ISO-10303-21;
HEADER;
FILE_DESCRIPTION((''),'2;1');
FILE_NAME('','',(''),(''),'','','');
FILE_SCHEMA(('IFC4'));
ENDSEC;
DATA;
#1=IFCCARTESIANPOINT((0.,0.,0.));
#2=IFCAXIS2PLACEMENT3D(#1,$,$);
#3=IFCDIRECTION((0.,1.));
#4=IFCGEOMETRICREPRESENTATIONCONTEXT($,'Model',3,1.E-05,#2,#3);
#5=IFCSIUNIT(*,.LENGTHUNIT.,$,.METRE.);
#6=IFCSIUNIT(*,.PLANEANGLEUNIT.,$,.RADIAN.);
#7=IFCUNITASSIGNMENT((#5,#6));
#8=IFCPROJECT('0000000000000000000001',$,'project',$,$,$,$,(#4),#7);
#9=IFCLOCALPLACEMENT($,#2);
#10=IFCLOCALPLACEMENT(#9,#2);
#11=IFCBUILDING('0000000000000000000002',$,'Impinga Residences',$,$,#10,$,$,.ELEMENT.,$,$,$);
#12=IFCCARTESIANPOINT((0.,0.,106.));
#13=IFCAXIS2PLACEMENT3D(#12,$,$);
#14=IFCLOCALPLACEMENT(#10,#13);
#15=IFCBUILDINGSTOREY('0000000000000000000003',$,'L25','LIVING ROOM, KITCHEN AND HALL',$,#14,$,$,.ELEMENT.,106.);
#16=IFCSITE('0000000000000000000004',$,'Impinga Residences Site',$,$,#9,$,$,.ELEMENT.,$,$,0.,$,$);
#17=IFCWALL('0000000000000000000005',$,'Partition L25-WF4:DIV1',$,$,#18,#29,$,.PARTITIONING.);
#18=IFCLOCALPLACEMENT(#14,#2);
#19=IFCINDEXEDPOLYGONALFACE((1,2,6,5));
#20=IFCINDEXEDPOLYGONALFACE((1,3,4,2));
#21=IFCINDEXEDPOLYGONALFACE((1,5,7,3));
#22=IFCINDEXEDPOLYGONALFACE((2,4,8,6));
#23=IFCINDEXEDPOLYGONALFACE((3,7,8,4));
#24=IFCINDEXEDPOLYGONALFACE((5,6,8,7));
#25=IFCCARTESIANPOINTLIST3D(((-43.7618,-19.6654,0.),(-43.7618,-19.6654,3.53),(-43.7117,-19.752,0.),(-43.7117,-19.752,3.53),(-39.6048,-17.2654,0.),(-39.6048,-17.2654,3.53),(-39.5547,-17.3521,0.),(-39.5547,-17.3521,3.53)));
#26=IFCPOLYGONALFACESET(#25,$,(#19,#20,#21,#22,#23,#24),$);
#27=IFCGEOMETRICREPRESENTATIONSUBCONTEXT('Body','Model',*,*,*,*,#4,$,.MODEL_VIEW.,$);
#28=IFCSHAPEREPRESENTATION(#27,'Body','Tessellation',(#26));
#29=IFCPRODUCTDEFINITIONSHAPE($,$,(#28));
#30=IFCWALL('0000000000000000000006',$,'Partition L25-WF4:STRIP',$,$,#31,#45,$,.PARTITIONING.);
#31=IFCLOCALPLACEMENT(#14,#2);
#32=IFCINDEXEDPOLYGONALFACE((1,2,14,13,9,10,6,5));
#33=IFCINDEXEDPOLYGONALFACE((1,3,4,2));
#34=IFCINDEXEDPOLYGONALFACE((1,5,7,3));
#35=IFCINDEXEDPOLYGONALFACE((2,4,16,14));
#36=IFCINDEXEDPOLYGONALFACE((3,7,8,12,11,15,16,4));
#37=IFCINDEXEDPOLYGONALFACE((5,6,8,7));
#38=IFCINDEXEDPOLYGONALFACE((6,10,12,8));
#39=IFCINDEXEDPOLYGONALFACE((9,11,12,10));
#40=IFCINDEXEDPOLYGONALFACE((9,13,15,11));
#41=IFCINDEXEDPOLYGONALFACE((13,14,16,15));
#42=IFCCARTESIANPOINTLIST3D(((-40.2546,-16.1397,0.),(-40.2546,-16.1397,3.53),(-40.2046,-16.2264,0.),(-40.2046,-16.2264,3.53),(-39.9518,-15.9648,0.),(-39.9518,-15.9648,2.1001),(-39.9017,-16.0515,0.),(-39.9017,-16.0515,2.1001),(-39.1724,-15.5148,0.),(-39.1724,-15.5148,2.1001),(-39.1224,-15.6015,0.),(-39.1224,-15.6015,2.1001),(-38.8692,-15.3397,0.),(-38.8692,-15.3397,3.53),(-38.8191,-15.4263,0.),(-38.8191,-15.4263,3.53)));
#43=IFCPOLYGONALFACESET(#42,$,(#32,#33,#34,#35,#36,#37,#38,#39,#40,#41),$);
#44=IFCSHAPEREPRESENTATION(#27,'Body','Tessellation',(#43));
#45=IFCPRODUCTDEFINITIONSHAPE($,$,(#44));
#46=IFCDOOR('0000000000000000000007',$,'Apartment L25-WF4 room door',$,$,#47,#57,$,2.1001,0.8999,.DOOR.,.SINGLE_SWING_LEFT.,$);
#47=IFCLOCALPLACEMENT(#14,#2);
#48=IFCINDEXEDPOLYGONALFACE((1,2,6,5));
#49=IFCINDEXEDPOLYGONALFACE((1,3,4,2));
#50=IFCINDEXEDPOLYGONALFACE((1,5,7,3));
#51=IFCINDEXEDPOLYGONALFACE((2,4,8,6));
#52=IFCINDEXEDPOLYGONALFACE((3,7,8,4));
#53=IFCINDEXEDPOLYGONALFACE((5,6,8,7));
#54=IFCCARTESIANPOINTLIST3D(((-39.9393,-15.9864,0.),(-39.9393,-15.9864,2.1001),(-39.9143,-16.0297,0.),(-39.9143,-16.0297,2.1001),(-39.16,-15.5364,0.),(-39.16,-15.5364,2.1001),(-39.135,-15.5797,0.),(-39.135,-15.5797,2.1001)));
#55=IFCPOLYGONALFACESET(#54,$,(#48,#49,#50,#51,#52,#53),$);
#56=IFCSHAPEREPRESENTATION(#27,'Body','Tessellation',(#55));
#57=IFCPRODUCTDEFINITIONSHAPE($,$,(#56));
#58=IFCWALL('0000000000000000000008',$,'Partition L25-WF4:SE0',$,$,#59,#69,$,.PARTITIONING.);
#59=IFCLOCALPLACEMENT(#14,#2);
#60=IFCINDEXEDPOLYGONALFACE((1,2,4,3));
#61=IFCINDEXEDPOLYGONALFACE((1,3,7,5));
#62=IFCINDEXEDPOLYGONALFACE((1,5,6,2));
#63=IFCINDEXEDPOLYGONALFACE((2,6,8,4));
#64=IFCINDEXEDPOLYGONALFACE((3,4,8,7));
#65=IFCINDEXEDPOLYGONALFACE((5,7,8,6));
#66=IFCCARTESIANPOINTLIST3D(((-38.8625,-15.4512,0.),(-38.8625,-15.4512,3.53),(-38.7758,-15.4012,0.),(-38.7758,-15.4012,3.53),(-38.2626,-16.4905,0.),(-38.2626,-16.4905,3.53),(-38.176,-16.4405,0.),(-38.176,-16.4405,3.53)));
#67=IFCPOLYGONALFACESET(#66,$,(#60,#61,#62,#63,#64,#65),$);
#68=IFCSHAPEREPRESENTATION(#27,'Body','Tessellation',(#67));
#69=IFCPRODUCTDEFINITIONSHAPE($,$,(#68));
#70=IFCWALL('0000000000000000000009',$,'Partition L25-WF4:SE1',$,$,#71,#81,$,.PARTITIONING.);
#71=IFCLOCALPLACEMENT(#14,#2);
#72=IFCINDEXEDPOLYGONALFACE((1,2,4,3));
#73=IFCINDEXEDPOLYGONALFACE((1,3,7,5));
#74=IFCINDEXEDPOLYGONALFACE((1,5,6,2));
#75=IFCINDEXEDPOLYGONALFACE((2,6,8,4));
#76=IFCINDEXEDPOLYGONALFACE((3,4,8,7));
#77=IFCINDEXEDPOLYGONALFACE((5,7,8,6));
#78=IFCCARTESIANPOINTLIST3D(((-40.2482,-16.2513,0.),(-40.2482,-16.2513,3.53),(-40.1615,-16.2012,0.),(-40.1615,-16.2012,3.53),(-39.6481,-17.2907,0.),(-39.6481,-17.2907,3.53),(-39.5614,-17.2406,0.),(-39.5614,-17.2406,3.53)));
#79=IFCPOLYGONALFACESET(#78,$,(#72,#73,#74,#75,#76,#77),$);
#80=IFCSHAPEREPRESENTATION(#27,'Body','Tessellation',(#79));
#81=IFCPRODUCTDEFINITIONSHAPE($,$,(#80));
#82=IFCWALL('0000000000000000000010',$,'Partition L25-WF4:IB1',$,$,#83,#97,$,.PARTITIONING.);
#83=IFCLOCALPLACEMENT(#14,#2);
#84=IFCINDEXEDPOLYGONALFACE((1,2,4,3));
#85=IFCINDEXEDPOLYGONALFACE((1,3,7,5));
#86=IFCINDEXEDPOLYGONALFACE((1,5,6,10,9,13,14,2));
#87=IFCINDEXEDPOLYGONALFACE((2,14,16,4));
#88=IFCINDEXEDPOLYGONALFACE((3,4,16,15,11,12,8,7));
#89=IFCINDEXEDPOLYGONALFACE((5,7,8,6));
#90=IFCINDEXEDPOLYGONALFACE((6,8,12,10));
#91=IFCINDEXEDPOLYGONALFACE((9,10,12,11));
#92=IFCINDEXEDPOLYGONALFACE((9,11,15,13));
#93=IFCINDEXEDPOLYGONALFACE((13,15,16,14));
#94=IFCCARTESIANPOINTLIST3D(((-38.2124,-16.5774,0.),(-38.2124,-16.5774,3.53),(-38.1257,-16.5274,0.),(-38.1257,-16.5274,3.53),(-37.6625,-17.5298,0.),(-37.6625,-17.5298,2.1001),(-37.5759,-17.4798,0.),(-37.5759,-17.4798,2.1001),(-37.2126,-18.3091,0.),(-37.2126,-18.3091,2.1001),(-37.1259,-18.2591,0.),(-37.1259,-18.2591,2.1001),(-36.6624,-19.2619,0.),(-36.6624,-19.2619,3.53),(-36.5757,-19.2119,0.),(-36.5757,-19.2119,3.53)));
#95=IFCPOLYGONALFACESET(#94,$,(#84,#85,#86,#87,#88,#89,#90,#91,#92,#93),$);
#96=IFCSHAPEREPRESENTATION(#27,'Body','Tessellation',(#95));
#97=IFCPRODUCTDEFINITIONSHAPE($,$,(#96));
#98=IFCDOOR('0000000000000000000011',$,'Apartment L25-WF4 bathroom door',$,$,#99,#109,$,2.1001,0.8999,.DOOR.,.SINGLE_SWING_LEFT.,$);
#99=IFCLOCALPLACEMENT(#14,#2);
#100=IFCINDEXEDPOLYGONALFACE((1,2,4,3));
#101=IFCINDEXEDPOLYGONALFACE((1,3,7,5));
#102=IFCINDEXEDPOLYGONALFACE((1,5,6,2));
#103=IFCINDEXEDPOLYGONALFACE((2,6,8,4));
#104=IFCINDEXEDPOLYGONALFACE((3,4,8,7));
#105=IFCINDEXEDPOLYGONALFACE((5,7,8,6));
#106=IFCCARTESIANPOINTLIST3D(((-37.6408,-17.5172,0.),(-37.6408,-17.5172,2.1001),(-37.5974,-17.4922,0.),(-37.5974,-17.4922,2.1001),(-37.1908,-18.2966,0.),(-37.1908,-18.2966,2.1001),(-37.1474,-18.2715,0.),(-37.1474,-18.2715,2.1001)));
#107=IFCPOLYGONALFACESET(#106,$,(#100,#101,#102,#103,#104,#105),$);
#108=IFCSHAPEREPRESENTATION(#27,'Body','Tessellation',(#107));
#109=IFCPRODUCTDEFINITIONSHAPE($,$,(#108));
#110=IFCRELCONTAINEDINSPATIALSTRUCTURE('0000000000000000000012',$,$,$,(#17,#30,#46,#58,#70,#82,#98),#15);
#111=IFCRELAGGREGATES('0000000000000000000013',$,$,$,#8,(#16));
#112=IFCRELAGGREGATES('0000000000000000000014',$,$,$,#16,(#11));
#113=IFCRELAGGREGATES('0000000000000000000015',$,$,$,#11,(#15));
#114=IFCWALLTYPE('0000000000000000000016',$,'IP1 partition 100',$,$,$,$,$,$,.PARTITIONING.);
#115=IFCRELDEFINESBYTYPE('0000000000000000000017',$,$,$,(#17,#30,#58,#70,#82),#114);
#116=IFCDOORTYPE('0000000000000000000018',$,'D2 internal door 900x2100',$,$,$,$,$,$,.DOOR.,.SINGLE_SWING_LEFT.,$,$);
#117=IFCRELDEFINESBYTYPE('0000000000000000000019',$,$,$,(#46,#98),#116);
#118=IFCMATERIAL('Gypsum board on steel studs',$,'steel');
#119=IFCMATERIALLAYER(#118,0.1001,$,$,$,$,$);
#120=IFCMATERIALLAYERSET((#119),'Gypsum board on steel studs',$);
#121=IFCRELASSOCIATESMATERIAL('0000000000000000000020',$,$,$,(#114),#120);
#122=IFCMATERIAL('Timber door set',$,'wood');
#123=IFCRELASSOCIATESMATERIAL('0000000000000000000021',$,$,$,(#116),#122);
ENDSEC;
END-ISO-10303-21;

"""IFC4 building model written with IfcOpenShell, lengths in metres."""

from ifc_helpers import new_model, si_unit, direction, frame, frame_2d, origin, place, context, subcontext, project, spatial, rectangle, extrude, material, layer, layer_set, type_object, element, fill, save


model = new_model("IFC4")

# Units and contexts
model_context = context("Model", 3, precision=1e-05, world=origin(), true_north=direction((0.0, 1.0)))
body_context = subcontext(model_context, "Body", "Model", "MODEL_VIEW")
ifc_project = project(units=[si_unit("LENGTHUNIT", "METRE"), si_unit("PLANEANGLEUNIT", "RADIAN")], contexts=[model_context])

# Site, building, storey
site_placement = place(None, origin())
site = spatial("IfcSite", under=ifc_project, at=site_placement, Name="Impinga Residences Site", CompositionType="ELEMENT", RefElevation=0.0)
building_placement = place(site_placement, origin())
building = spatial("IfcBuilding", under=site, at=building_placement, Name="Impinga Residences", CompositionType="ELEMENT")
storey_placement = place(building_placement, frame((0.0, 0.0, 106.0)))
storey = spatial("IfcBuildingStorey", under=building, at=storey_placement, Name="L25", Description="LIVING ROOM, KITCHEN AND HALL", CompositionType="ELEMENT", Elevation=106.0)

# Wall
ifc_material_1 = material(Name="Gypsum board on steel studs", Category="steel")
ifc_layer_1 = layer(ifc_material_1, 0.1001)
ifc_layer_set_1 = layer_set([ifc_layer_1], Name="Gypsum board on steel studs")
wall_type_1 = type_object("IfcWallType", Name="IP1 partition 100", PredefinedType="PARTITIONING", material=ifc_layer_set_1)
wall_1_placement = place(storey_placement, frame((-39.5798, -17.3088, 0.0), z_axis=(0.0, 0.0, 1.0), x_axis=(-0.866037, -0.499979, 0.0)))
element("IfcWall", 1, at=wall_1_placement, inside=storey, type_object=wall_type_1, Name="Partition L25-WF4:DIV1", PredefinedType="PARTITIONING", context=body_context, shape_type="SweptSolid", body=[
    extrude(rectangle(XDim=4.8, YDim=0.1001, at=frame_2d((2.3999, 0.0))), origin(), (0.0, 0.0, 1.0), 3.53),
])

# Wall, opening, door
wall_2_placement = place(storey_placement, frame((-38.8442, -15.3831, 0.0), z_axis=(0.0, 0.0, 1.0), x_axis=(-0.86599, -0.500061, 0.0)))
wall_2 = element("IfcWall", 2, at=wall_2_placement, inside=storey, type_object=wall_type_1, Name="Partition L25-WF4:STRIP", PredefinedType="PARTITIONING", context=body_context, shape_type="SweptSolid", body=[
    extrude(rectangle(XDim=1.5999, YDim=0.1001, at=frame_2d((0.7998, 0.0))), origin(), (0.0, 0.0, 1.0), 3.53),
])
opening_1_placement = place(wall_2_placement, frame((0.3501, 0.0, 0.0)))
opening_1 = element("IfcOpeningElement", 3, at=opening_1_placement, cuts=wall_2, PredefinedType="OPENING", context=body_context, shape_type="SweptSolid", body=[
    extrude(rectangle(XDim=0.8999, YDim=2.1001, at=frame_2d((0.45, 1.05))), frame((0.0, 0.0601, 0.0), z_axis=(0.0, -1.0, 0.0), x_axis=(1.0, 0.0, 0.0)), (0.0, 0.0, 1.0), 0.1201),
])
ifc_material_2 = material(Name="Timber door set", Category="wood")
door_type = type_object("IfcDoorType", Name="D2 internal door 900x2100", OperationType="SINGLE_SWING_LEFT", PredefinedType="DOOR", material=ifc_material_2)
door_1_placement = place(opening_1_placement, origin())
door_1 = element("IfcDoor", 4, at=door_1_placement, inside=storey, type_object=door_type, Name="Apartment L25-WF4 room door", OperationType="SINGLE_SWING_LEFT", OverallHeight=2.1001, OverallWidth=0.8999, PredefinedType="DOOR", context=body_context, shape_type="SweptSolid", body=[
    extrude(rectangle(XDim=0.8999, YDim=2.1001, at=frame_2d((0.45, 1.05))), frame((0.0, 0.0249, 0.0), z_axis=(0.0, -1.0, 0.0), x_axis=(1.0, 0.0, 0.0)), (0.0, 0.0, 1.0), 0.05),
])
fill(opening_1, door_1)

# Walls
wall_3_placement = place(storey_placement, frame((-38.2192, -16.4656, 0.0), z_axis=(0.0, 0.0, 1.0), x_axis=(-0.499881, 0.866094, 0.0)))
element("IfcWall", 5, at=wall_3_placement, inside=storey, type_object=wall_type_1, Name="Partition L25-WF4:SE0", PredefinedType="PARTITIONING", context=body_context, shape_type="SweptSolid", body=[
    extrude(rectangle(XDim=1.2, YDim=0.1001, at=frame_2d((0.6001, 0.0))), origin(), (0.0, 0.0, 1.0), 3.53),
])
wall_4_placement = place(storey_placement, frame((-39.6047, -17.2656, 0.0), z_axis=(0.0, 0.0, 1.0), x_axis=(-0.500034, 0.866006, 0.0)))
element("IfcWall", 6, at=wall_4_placement, inside=storey, type_object=wall_type_1, Name="Partition L25-WF4:SE1", PredefinedType="PARTITIONING", context=body_context, shape_type="SweptSolid", body=[
    extrude(rectangle(XDim=1.2002, YDim=0.1001, at=frame_2d((0.6001, 0.0))), origin(), (0.0, 0.0, 1.0), 3.53),
])

# Wall, opening, door
wall_5_placement = place(storey_placement, frame((-36.6191, -19.2368, 0.0), z_axis=(0.0, 0.0, 1.0), x_axis=(-0.500027, 0.86601, 0.0)))
wall_5 = element("IfcWall", 7, at=wall_5_placement, inside=storey, type_object=wall_type_1, Name="Partition L25-WF4:IB1", PredefinedType="PARTITIONING", context=body_context, shape_type="SweptSolid", body=[
    extrude(rectangle(XDim=3.0999, YDim=0.1001, at=frame_2d((1.5498, 0.0))), origin(), (0.0, 0.0, 1.0), 3.53),
])
opening_2_placement = place(wall_5_placement, frame((1.1001, 0.0, 0.0)))
opening_2 = element("IfcOpeningElement", 8, at=opening_2_placement, cuts=wall_5, PredefinedType="OPENING", context=body_context, shape_type="SweptSolid", body=[
    extrude(rectangle(XDim=0.8999, YDim=2.1001, at=frame_2d((0.45, 1.05))), frame((0.0, 0.0601, 0.0), z_axis=(0.0, -1.0, 0.0), x_axis=(1.0, 0.0, 0.0)), (0.0, 0.0, 1.0), 0.1201),
])
door_2_placement = place(opening_2_placement, origin())
door_2 = element("IfcDoor", 9, at=door_2_placement, inside=storey, type_object=door_type, Name="Apartment L25-WF4 bathroom door", OperationType="SINGLE_SWING_LEFT", OverallHeight=2.1001, OverallWidth=0.8999, PredefinedType="DOOR", context=body_context, shape_type="SweptSolid", body=[
    extrude(rectangle(XDim=0.8999, YDim=2.1001, at=frame_2d((0.45, 1.05))), frame((0.0, 0.0249, 0.0), z_axis=(0.0, -1.0, 0.0), x_axis=(1.0, 0.0, 0.0)), (0.0, 0.0, 1.0), 0.05),
])
fill(opening_2, door_2)

save(model, "model.ifc")
